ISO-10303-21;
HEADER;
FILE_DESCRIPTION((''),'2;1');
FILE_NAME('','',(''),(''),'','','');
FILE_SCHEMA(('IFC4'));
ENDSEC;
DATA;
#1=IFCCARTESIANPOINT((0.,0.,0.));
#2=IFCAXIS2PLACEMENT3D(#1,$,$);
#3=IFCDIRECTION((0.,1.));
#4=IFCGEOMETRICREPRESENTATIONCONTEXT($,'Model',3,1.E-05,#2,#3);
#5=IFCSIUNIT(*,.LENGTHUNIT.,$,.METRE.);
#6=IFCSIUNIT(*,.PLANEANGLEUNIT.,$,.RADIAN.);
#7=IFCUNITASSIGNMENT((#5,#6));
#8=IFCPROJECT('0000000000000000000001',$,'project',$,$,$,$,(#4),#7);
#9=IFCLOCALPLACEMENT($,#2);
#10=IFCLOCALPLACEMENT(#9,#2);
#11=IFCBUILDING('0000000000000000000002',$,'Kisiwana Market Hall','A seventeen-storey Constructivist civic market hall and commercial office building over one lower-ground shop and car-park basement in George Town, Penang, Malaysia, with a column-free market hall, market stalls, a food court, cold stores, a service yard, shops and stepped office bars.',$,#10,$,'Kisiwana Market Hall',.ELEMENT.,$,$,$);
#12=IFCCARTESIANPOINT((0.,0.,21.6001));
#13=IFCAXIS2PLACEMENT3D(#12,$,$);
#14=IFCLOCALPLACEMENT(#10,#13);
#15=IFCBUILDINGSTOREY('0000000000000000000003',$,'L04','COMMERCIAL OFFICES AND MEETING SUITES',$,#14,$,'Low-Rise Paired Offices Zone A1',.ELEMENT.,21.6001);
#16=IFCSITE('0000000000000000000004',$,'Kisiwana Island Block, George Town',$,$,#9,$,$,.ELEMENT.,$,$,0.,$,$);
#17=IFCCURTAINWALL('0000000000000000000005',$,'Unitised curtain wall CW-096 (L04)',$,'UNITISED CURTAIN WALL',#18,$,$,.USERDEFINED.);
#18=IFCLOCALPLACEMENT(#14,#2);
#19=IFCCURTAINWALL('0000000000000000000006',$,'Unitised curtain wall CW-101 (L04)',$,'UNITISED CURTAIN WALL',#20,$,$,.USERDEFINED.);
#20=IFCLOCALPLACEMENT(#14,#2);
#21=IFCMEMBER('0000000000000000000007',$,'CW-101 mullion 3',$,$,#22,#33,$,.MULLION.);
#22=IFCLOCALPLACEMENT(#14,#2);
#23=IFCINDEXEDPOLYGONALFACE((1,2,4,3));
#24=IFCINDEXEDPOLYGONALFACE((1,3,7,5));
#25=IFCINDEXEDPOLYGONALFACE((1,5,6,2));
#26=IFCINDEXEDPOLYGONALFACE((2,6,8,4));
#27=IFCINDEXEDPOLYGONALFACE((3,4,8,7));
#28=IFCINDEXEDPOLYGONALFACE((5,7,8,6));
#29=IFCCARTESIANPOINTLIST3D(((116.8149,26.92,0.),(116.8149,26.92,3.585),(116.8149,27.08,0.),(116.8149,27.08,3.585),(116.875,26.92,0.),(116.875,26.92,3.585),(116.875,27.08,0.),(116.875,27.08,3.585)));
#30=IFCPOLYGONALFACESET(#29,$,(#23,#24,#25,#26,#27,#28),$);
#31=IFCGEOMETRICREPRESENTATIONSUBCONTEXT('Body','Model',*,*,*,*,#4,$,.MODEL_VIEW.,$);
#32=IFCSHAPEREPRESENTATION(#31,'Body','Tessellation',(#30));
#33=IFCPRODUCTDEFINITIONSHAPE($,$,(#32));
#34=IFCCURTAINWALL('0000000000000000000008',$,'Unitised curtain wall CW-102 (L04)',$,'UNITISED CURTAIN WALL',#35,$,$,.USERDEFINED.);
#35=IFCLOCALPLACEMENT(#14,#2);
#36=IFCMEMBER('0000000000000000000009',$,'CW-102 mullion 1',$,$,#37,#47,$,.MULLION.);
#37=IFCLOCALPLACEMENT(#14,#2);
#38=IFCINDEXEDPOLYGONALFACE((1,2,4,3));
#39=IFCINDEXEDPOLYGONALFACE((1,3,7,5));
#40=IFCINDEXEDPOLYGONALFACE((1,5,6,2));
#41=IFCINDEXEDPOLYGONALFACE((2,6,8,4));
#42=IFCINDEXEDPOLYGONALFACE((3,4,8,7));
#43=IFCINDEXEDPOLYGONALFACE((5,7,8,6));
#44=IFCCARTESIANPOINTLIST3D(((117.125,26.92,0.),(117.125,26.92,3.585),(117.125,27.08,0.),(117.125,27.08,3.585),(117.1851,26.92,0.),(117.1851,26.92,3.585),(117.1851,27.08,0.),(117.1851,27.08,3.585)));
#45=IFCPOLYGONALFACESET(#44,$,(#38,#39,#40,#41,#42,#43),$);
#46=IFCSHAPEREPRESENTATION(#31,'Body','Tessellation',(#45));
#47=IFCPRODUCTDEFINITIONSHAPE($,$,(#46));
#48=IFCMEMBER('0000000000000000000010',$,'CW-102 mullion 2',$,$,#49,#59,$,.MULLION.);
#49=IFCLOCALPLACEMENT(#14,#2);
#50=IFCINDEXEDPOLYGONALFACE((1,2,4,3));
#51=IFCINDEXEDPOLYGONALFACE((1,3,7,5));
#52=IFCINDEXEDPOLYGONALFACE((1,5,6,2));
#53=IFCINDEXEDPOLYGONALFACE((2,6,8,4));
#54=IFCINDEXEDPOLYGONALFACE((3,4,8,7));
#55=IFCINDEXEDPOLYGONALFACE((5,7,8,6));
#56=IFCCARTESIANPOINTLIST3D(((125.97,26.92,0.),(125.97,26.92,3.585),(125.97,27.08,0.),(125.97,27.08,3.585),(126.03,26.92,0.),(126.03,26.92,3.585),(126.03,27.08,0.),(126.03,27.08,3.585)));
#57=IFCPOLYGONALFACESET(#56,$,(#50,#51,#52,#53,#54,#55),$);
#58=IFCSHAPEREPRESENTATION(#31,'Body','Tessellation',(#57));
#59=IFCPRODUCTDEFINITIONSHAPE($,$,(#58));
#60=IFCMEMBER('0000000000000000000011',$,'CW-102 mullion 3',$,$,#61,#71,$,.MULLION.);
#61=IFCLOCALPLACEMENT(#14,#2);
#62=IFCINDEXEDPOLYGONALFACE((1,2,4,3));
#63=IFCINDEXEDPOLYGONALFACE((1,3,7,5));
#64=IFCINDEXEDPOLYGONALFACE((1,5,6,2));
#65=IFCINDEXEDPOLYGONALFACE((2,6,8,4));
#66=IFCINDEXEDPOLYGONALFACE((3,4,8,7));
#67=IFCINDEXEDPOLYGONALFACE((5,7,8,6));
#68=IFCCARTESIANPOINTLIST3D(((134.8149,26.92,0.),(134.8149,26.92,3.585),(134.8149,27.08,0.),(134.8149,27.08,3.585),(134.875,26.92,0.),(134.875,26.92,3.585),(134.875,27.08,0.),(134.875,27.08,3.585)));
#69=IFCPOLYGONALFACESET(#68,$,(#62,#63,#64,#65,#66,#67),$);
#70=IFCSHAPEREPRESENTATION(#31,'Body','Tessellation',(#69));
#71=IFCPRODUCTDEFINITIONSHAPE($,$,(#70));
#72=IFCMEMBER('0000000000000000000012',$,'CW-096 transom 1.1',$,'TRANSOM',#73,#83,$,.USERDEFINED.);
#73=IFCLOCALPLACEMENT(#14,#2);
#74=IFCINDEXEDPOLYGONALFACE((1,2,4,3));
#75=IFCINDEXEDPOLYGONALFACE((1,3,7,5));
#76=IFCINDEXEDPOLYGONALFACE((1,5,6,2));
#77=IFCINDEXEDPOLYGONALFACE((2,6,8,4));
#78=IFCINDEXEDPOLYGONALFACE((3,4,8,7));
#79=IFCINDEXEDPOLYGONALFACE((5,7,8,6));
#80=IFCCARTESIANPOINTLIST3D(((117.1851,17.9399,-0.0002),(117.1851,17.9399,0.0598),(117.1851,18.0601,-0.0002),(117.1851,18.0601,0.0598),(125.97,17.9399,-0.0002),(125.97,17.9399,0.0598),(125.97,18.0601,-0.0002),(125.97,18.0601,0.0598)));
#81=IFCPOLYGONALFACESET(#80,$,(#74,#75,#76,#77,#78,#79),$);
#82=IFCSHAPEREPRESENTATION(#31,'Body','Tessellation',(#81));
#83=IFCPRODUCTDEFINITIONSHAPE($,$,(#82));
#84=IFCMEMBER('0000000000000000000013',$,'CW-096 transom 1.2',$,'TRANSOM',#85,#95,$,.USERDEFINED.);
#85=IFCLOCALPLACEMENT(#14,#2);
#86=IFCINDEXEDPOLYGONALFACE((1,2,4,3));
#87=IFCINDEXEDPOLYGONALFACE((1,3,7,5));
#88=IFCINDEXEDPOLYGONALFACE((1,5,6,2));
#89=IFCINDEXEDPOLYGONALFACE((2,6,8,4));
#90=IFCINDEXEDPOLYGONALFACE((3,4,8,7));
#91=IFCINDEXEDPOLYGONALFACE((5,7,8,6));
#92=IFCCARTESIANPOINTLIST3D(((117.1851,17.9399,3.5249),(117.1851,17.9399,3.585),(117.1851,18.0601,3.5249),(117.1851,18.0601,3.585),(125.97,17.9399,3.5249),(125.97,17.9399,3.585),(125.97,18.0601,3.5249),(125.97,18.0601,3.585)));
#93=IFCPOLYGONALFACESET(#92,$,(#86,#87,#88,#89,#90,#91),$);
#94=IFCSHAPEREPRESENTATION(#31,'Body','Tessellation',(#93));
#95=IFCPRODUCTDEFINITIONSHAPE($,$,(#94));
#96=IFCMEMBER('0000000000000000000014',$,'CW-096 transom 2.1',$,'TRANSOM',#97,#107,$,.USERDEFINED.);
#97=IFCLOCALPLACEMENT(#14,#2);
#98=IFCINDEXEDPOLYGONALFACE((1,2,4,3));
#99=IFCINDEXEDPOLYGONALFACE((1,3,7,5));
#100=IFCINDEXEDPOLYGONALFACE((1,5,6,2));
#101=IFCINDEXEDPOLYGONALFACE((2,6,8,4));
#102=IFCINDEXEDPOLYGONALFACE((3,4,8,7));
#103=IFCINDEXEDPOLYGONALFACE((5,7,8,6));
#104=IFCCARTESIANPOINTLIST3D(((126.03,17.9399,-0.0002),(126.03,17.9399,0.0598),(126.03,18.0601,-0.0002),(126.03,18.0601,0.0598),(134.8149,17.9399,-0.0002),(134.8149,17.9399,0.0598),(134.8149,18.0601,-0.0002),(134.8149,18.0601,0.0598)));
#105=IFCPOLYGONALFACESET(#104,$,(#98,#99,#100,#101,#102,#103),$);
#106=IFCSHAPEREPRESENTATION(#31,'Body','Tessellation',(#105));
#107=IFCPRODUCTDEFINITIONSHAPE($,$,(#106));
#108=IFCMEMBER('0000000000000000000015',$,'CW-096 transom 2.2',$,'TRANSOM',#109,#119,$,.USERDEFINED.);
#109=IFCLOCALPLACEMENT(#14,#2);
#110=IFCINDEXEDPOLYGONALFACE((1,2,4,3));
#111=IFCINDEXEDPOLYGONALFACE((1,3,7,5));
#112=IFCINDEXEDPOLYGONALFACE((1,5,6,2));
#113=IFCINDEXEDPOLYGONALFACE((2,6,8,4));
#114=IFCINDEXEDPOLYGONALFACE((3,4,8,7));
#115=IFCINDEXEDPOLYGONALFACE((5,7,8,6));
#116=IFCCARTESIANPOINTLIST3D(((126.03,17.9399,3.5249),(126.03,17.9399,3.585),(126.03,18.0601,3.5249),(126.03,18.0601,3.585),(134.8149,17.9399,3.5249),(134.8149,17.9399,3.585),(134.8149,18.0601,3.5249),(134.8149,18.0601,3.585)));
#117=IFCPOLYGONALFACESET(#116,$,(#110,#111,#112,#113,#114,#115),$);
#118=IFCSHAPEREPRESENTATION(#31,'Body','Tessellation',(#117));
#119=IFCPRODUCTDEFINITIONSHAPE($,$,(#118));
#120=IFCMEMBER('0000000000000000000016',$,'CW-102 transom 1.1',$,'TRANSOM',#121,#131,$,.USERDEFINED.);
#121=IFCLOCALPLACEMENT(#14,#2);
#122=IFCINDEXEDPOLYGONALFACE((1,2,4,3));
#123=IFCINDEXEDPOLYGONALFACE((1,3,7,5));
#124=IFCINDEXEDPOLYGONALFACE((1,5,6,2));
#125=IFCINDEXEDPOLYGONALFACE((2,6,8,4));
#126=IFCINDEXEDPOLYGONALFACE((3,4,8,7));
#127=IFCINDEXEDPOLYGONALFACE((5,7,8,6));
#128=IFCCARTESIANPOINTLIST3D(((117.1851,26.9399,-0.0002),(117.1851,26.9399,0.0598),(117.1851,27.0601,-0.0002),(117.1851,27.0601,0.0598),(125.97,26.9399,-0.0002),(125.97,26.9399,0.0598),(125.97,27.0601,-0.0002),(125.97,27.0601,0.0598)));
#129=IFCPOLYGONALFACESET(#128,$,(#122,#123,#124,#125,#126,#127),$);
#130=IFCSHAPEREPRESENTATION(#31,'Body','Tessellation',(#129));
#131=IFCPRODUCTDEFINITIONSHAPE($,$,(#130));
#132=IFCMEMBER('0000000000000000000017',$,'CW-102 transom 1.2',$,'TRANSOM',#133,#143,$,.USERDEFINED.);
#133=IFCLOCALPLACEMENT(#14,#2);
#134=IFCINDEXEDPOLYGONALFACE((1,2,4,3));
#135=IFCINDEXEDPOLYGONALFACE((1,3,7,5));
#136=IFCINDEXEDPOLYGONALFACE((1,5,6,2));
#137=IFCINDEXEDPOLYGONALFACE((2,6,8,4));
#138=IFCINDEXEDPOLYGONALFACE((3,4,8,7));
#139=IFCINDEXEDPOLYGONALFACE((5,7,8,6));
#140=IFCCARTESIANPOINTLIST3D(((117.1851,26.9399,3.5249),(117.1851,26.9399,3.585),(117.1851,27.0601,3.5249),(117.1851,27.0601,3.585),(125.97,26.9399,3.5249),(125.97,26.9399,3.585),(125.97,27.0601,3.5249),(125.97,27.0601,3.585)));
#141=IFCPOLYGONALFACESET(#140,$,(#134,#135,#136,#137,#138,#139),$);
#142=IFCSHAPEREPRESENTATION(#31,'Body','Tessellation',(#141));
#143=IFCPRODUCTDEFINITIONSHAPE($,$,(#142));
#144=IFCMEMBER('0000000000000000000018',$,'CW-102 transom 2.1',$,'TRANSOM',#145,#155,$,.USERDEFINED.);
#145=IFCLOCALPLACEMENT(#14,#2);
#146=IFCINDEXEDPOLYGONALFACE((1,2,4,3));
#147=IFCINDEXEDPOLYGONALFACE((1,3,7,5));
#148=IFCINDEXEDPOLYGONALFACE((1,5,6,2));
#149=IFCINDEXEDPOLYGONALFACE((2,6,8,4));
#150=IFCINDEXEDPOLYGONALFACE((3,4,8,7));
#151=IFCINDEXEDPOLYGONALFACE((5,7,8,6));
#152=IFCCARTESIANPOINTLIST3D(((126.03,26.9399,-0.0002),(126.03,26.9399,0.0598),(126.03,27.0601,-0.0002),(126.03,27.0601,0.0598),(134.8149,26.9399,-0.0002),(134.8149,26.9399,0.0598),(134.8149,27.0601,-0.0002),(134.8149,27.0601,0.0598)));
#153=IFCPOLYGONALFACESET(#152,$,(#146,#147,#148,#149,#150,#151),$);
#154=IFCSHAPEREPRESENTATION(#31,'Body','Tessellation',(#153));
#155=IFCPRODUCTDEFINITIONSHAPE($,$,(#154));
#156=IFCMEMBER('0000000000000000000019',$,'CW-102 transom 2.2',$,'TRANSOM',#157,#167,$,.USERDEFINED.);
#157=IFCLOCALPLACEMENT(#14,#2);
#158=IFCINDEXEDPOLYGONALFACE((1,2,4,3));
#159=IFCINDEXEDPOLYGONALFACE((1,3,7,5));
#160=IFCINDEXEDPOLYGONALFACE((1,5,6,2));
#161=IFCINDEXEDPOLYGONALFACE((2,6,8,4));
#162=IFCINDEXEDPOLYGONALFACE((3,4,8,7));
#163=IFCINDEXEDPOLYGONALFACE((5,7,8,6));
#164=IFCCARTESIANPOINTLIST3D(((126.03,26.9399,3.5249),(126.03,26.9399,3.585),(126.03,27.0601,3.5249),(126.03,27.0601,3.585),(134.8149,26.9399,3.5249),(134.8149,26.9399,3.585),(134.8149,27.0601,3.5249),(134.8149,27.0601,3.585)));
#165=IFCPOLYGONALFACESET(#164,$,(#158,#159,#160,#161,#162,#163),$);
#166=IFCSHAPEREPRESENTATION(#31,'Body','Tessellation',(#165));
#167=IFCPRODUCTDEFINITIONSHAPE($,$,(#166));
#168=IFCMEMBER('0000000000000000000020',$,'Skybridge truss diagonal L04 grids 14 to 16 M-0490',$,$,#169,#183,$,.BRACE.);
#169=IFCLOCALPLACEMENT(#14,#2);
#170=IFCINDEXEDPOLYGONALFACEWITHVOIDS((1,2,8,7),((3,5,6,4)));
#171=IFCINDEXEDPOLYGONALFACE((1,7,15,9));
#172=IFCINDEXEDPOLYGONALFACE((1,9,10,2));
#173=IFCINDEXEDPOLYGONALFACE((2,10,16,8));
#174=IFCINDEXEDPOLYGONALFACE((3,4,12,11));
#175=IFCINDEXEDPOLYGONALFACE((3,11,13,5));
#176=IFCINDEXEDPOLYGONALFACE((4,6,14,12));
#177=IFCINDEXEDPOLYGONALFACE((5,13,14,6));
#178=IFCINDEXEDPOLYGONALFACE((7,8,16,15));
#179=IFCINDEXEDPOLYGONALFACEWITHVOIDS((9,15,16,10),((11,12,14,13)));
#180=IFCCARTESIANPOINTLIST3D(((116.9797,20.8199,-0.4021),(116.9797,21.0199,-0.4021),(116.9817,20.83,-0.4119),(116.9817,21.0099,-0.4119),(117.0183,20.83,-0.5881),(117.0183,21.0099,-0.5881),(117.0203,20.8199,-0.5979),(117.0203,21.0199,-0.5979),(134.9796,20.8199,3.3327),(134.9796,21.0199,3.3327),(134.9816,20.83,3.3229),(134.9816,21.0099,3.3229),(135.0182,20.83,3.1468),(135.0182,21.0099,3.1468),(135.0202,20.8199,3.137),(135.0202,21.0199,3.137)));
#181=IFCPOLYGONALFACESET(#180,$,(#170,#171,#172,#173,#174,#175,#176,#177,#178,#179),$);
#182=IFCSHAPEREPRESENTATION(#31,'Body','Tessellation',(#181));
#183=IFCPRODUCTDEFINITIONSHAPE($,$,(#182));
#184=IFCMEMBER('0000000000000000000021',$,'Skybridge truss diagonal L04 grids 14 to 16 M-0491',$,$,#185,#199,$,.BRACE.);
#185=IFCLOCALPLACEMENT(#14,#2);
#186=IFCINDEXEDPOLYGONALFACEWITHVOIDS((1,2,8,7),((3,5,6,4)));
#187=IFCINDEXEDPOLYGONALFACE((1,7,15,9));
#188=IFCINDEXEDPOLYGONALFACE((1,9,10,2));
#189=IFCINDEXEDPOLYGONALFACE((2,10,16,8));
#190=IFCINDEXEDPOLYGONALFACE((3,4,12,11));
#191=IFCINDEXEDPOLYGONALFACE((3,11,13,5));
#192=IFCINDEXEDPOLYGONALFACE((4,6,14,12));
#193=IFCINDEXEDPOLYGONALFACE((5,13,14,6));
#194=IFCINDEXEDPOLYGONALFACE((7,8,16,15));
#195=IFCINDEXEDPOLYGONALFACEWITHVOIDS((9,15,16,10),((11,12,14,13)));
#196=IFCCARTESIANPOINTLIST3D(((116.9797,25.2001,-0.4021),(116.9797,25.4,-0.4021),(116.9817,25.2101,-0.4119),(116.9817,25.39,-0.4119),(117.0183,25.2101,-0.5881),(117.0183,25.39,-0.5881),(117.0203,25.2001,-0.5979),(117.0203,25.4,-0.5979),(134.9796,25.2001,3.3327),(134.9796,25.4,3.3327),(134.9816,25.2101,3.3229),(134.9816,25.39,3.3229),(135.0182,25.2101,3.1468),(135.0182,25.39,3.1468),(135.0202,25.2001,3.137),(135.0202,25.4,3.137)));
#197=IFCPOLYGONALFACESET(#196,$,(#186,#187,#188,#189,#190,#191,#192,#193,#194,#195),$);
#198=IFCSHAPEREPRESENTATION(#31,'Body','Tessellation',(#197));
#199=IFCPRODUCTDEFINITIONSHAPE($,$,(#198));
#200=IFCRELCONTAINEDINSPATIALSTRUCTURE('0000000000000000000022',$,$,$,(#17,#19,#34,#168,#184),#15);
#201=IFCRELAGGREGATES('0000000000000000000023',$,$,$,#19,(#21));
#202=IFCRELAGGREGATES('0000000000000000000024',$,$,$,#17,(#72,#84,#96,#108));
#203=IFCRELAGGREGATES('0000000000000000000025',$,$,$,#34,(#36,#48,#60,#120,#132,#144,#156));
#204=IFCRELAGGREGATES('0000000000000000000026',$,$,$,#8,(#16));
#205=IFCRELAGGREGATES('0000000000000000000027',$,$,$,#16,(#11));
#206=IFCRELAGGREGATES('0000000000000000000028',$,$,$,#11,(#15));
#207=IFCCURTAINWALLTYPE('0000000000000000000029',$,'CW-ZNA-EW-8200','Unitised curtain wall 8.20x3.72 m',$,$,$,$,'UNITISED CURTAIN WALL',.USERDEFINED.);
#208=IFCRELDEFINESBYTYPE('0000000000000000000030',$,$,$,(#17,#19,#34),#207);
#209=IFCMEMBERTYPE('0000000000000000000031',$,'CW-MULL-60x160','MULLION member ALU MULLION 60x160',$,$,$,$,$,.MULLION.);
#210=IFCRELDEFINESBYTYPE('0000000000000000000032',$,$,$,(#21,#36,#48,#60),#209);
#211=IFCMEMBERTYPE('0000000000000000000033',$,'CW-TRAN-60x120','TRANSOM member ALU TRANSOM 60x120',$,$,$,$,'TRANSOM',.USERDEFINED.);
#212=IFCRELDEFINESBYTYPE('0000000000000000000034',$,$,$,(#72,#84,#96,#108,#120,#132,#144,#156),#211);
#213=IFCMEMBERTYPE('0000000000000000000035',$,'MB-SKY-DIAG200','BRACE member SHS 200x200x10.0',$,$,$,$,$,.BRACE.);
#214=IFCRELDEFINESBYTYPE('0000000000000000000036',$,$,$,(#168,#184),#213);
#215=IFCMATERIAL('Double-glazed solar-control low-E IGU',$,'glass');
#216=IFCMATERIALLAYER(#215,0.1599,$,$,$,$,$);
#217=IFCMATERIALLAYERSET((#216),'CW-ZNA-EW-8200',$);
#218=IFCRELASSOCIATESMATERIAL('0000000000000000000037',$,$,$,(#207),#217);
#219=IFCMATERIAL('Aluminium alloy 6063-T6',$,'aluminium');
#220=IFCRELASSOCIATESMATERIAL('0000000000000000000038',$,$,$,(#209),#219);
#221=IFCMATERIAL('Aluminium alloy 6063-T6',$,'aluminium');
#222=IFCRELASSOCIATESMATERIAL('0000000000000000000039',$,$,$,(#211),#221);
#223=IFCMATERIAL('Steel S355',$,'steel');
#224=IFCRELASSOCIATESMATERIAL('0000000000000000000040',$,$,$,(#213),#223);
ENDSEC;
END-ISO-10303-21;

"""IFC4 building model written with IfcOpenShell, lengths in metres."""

from ifc_helpers import new_model, si_unit, direction, frame, origin, origin_2d, place, context, subcontext, project, spatial, rectangle, hollow_rectangle, extrude, material, layer, layer_set, material_profile, profile_set, type_object, element, aggregate, save


model = new_model("IFC4")

# Units and contexts
model_context = context("Model", 3, precision=1e-05, world=origin(), true_north=direction((0.0, 1.0)))
body_context = subcontext(model_context, "Body", "Model", "MODEL_VIEW")
ifc_project = project(units=[si_unit("LENGTHUNIT", "METRE"), si_unit("PLANEANGLEUNIT", "RADIAN")], contexts=[model_context])

# Site, building, storey
site_placement = place(None, origin())
site = spatial("IfcSite", under=ifc_project, at=site_placement, Name="Kisiwana Island Block, George Town", CompositionType="ELEMENT", RefElevation=0.0)
building_placement = place(site_placement, origin())
building = spatial("IfcBuilding", under=site, at=building_placement, Name="Kisiwana Market Hall", Description="A seventeen-storey Constructivist civic market hall and commercial office building over one lower-ground shop and car-park basement in George Town, Penang, Malaysia, with a column-free market hall, market stalls, a food court, cold stores, a service yard, shops and stepped office bars.", LongName="Kisiwana Market Hall", CompositionType="ELEMENT")
storey_placement = place(building_placement, frame((0.0, 0.0, 21.6001)))
storey = spatial("IfcBuildingStorey", under=building, at=storey_placement, Name="L04", Description="COMMERCIAL OFFICES AND MEETING SUITES", LongName="Low-Rise Paired Offices Zone A1", CompositionType="ELEMENT", Elevation=21.6001)

# Curtain wall
ifc_material_1 = material(Name="Double-glazed solar-control low-E IGU", Category="glass")
ifc_layer_1 = layer(ifc_material_1, 0.1599)
ifc_layer_set_1 = layer_set([ifc_layer_1], Name="CW-ZNA-EW-8200")
curtain_wall_type = type_object("IfcCurtainWallType", Name="CW-ZNA-EW-8200", Description="Unitised curtain wall 8.20x3.72 m", ElementType="UNITISED CURTAIN WALL", PredefinedType="USERDEFINED", material=ifc_layer_set_1)
curtain_wall_1_placement = place(storey_placement, origin())
curtain_wall_1 = element("IfcCurtainWall", 1, at=curtain_wall_1_placement, inside=storey, type_object=curtain_wall_type, Name="Unitised curtain wall CW-096 (L04)", ObjectType="UNITISED CURTAIN WALL", PredefinedType="USERDEFINED")
ifc_material_2 = material(Name="Aluminium alloy 6063-T6", Category="aluminium")
ifc_material_profile_1 = material_profile(ifc_material_2, rectangle(XDim=0.0601, YDim=0.1599, at=origin_2d()), Name="ALU MULLION 60x160")
ifc_profile_set_1 = profile_set([ifc_material_profile_1], Name="Aluminium alloy 6063-T6")
member_type_1 = type_object("IfcMemberType", Name="CW-MULL-60x160", Description="MULLION member ALU MULLION 60x160", PredefinedType="MULLION", material=ifc_profile_set_1)

# Curtain wall, member
curtain_wall_2_placement = place(storey_placement, origin())
curtain_wall_2 = element("IfcCurtainWall", 2, at=curtain_wall_2_placement, inside=storey, type_object=curtain_wall_type, Name="Unitised curtain wall CW-101 (L04)", ObjectType="UNITISED CURTAIN WALL", PredefinedType="USERDEFINED")
member_1_placement = place(storey_placement, frame((116.845, 27.0, 0.0), z_axis=(0.0, 0.0, 1.0), x_axis=(1.0, 0.0, 0.0)))
member_1 = element("IfcMember", 3, at=member_1_placement, type_object=member_type_1, Name="CW-101 mullion 3", PredefinedType="MULLION", context=body_context, shape_type="SweptSolid", body=[
    extrude(rectangle(XDim=0.0601, YDim=0.1599, at=origin_2d()), origin(), (0.0, 0.0, 1.0), 3.585),
])
aggregate(curtain_wall_2, [member_1])

# Curtain wall, members
curtain_wall_3_placement = place(storey_placement, origin())
curtain_wall_3 = element("IfcCurtainWall", 4, at=curtain_wall_3_placement, inside=storey, type_object=curtain_wall_type, Name="Unitised curtain wall CW-102 (L04)", ObjectType="UNITISED CURTAIN WALL", PredefinedType="USERDEFINED")
member_2_placement = place(storey_placement, frame((117.155, 27.0, 0.0), z_axis=(0.0, 0.0, 1.0), x_axis=(1.0, 0.0, 0.0)))
member_2 = element("IfcMember", 5, at=member_2_placement, type_object=member_type_1, Name="CW-102 mullion 1", PredefinedType="MULLION", context=body_context, shape_type="SweptSolid", body=[
    extrude(rectangle(XDim=0.0601, YDim=0.1599, at=origin_2d()), origin(), (0.0, 0.0, 1.0), 3.585),
])
member_3_placement = place(storey_placement, frame((126.0, 27.0, 0.0), z_axis=(0.0, 0.0, 1.0), x_axis=(1.0, 0.0, 0.0)))
member_3 = element("IfcMember", 6, at=member_3_placement, type_object=member_type_1, Name="CW-102 mullion 2", PredefinedType="MULLION", context=body_context, shape_type="SweptSolid", body=[
    extrude(rectangle(XDim=0.0601, YDim=0.1599, at=origin_2d()), origin(), (0.0, 0.0, 1.0), 3.585),
])
member_4_placement = place(storey_placement, frame((134.845, 27.0, 0.0), z_axis=(0.0, 0.0, 1.0), x_axis=(1.0, 0.0, 0.0)))
member_4 = element("IfcMember", 7, at=member_4_placement, type_object=member_type_1, Name="CW-102 mullion 3", PredefinedType="MULLION", context=body_context, shape_type="SweptSolid", body=[
    extrude(rectangle(XDim=0.0601, YDim=0.1599, at=origin_2d()), origin(), (0.0, 0.0, 1.0), 3.585),
])

# Members
ifc_material_3 = material(Name="Aluminium alloy 6063-T6", Category="aluminium")
ifc_material_profile_2 = material_profile(ifc_material_3, rectangle(XDim=0.1201, YDim=0.0601, at=origin_2d()), Name="ALU TRANSOM 60x120")
ifc_profile_set_2 = profile_set([ifc_material_profile_2], Name="Aluminium alloy 6063-T6")
member_type_2 = type_object("IfcMemberType", Name="CW-TRAN-60x120", Description="TRANSOM member ALU TRANSOM 60x120", ElementType="TRANSOM", PredefinedType="USERDEFINED", material=ifc_profile_set_2)
member_5_placement = place(storey_placement, frame((117.1851, 18.0, 0.0298), z_axis=(1.0, 0.0, 0.0), x_axis=(0.0, 1.0, 0.0)))
member_5 = element("IfcMember", 8, at=member_5_placement, type_object=member_type_2, Name="CW-096 transom 1.1", ObjectType="TRANSOM", PredefinedType="USERDEFINED", context=body_context, shape_type="SweptSolid", body=[
    extrude(rectangle(XDim=0.1201, YDim=0.0601, at=origin_2d()), origin(), (0.0, 0.0, 1.0), 8.7849),
])
member_6_placement = place(storey_placement, frame((117.1851, 18.0, 3.5549), z_axis=(1.0, 0.0, 0.0), x_axis=(0.0, 1.0, 0.0)))
member_6 = element("IfcMember", 9, at=member_6_placement, type_object=member_type_2, Name="CW-096 transom 1.2", ObjectType="TRANSOM", PredefinedType="USERDEFINED", context=body_context, shape_type="SweptSolid", body=[
    extrude(rectangle(XDim=0.1201, YDim=0.0601, at=origin_2d()), origin(), (0.0, 0.0, 1.0), 8.7849),
])
member_7_placement = place(storey_placement, frame((126.03, 18.0, 0.0298), z_axis=(1.0, 0.0, 0.0), x_axis=(0.0, 1.0, 0.0)))
member_7 = element("IfcMember", 10, at=member_7_placement, type_object=member_type_2, Name="CW-096 transom 2.1", ObjectType="TRANSOM", PredefinedType="USERDEFINED", context=body_context, shape_type="SweptSolid", body=[
    extrude(rectangle(XDim=0.1201, YDim=0.0601, at=origin_2d()), origin(), (0.0, 0.0, 1.0), 8.7849),
])
member_8_placement = place(storey_placement, frame((126.03, 18.0, 3.5549), z_axis=(1.0, 0.0, 0.0), x_axis=(0.0, 1.0, 0.0)))
member_8 = element("IfcMember", 11, at=member_8_placement, type_object=member_type_2, Name="CW-096 transom 2.2", ObjectType="TRANSOM", PredefinedType="USERDEFINED", context=body_context, shape_type="SweptSolid", body=[
    extrude(rectangle(XDim=0.1201, YDim=0.0601, at=origin_2d()), origin(), (0.0, 0.0, 1.0), 8.7849),
])
member_9_placement = place(storey_placement, frame((117.1851, 27.0, 0.0298), z_axis=(1.0, 0.0, 0.0), x_axis=(0.0, 1.0, 0.0)))
member_9 = element("IfcMember", 12, at=member_9_placement, type_object=member_type_2, Name="CW-102 transom 1.1", ObjectType="TRANSOM", PredefinedType="USERDEFINED", context=body_context, shape_type="SweptSolid", body=[
    extrude(rectangle(XDim=0.1201, YDim=0.0601, at=origin_2d()), origin(), (0.0, 0.0, 1.0), 8.7849),
])
member_10_placement = place(storey_placement, frame((117.1851, 27.0, 3.5549), z_axis=(1.0, 0.0, 0.0), x_axis=(0.0, 1.0, 0.0)))
member_10 = element("IfcMember", 13, at=member_10_placement, type_object=member_type_2, Name="CW-102 transom 1.2", ObjectType="TRANSOM", PredefinedType="USERDEFINED", context=body_context, shape_type="SweptSolid", body=[
    extrude(rectangle(XDim=0.1201, YDim=0.0601, at=origin_2d()), origin(), (0.0, 0.0, 1.0), 8.7849),
])
member_11_placement = place(storey_placement, frame((126.03, 27.0, 0.0298), z_axis=(1.0, 0.0, 0.0), x_axis=(0.0, 1.0, 0.0)))
member_11 = element("IfcMember", 14, at=member_11_placement, type_object=member_type_2, Name="CW-102 transom 2.1", ObjectType="TRANSOM", PredefinedType="USERDEFINED", context=body_context, shape_type="SweptSolid", body=[
    extrude(rectangle(XDim=0.1201, YDim=0.0601, at=origin_2d()), origin(), (0.0, 0.0, 1.0), 8.7849),
])
member_12_placement = place(storey_placement, frame((126.03, 27.0, 3.5549), z_axis=(1.0, 0.0, 0.0), x_axis=(0.0, 1.0, 0.0)))
member_12 = element("IfcMember", 15, at=member_12_placement, type_object=member_type_2, Name="CW-102 transom 2.2", ObjectType="TRANSOM", PredefinedType="USERDEFINED", context=body_context, shape_type="SweptSolid", body=[
    extrude(rectangle(XDim=0.1201, YDim=0.0601, at=origin_2d()), origin(), (0.0, 0.0, 1.0), 8.7849),
])

# Members
ifc_material_4 = material(Name="Steel S355", Category="steel")
ifc_material_profile_3 = material_profile(ifc_material_4, hollow_rectangle(XDim=0.2, YDim=0.2, WallThickness=0.01, at=origin_2d()), Name="SHS 200x200x10.0")
ifc_profile_set_3 = profile_set([ifc_material_profile_3], Name="Steel S355")
member_type_3 = type_object("IfcMemberType", Name="MB-SKY-DIAG200", Description="BRACE member SHS 200x200x10.0", PredefinedType="BRACE", material=ifc_profile_set_3)
for number, where, z_axis, x_axis, name in (
    (16, (117.0, 20.9199, -0.5), (0.979145, 0.0, 0.203165), (0.0, 1.0, 0.0), "Skybridge truss diagonal L04 grids 14 to 16 M-0490"),
    (17, (117.0, 25.3, -0.5), (0.979145, 0.0, 0.203165), (0.0, 1.0, 0.0), "Skybridge truss diagonal L04 grids 14 to 16 M-0491"),
):
    element("IfcMember", number, at=place(storey_placement, frame(where, z_axis=z_axis, x_axis=x_axis)), inside=storey, type_object=member_type_3, Name=name, PredefinedType="BRACE", context=body_context, shape_type="SweptSolid", body=[
        extrude(hollow_rectangle(XDim=0.2, YDim=0.2, WallThickness=0.01, at=origin_2d()), origin(), (0.0, 0.0, 1.0), 18.3833),
    ])

aggregate(curtain_wall_1, [member_5, member_6, member_7, member_8])
aggregate(curtain_wall_3, [member_2, member_3, member_4, member_9, member_10, member_11, member_12])

save(model, "model.ifc")
